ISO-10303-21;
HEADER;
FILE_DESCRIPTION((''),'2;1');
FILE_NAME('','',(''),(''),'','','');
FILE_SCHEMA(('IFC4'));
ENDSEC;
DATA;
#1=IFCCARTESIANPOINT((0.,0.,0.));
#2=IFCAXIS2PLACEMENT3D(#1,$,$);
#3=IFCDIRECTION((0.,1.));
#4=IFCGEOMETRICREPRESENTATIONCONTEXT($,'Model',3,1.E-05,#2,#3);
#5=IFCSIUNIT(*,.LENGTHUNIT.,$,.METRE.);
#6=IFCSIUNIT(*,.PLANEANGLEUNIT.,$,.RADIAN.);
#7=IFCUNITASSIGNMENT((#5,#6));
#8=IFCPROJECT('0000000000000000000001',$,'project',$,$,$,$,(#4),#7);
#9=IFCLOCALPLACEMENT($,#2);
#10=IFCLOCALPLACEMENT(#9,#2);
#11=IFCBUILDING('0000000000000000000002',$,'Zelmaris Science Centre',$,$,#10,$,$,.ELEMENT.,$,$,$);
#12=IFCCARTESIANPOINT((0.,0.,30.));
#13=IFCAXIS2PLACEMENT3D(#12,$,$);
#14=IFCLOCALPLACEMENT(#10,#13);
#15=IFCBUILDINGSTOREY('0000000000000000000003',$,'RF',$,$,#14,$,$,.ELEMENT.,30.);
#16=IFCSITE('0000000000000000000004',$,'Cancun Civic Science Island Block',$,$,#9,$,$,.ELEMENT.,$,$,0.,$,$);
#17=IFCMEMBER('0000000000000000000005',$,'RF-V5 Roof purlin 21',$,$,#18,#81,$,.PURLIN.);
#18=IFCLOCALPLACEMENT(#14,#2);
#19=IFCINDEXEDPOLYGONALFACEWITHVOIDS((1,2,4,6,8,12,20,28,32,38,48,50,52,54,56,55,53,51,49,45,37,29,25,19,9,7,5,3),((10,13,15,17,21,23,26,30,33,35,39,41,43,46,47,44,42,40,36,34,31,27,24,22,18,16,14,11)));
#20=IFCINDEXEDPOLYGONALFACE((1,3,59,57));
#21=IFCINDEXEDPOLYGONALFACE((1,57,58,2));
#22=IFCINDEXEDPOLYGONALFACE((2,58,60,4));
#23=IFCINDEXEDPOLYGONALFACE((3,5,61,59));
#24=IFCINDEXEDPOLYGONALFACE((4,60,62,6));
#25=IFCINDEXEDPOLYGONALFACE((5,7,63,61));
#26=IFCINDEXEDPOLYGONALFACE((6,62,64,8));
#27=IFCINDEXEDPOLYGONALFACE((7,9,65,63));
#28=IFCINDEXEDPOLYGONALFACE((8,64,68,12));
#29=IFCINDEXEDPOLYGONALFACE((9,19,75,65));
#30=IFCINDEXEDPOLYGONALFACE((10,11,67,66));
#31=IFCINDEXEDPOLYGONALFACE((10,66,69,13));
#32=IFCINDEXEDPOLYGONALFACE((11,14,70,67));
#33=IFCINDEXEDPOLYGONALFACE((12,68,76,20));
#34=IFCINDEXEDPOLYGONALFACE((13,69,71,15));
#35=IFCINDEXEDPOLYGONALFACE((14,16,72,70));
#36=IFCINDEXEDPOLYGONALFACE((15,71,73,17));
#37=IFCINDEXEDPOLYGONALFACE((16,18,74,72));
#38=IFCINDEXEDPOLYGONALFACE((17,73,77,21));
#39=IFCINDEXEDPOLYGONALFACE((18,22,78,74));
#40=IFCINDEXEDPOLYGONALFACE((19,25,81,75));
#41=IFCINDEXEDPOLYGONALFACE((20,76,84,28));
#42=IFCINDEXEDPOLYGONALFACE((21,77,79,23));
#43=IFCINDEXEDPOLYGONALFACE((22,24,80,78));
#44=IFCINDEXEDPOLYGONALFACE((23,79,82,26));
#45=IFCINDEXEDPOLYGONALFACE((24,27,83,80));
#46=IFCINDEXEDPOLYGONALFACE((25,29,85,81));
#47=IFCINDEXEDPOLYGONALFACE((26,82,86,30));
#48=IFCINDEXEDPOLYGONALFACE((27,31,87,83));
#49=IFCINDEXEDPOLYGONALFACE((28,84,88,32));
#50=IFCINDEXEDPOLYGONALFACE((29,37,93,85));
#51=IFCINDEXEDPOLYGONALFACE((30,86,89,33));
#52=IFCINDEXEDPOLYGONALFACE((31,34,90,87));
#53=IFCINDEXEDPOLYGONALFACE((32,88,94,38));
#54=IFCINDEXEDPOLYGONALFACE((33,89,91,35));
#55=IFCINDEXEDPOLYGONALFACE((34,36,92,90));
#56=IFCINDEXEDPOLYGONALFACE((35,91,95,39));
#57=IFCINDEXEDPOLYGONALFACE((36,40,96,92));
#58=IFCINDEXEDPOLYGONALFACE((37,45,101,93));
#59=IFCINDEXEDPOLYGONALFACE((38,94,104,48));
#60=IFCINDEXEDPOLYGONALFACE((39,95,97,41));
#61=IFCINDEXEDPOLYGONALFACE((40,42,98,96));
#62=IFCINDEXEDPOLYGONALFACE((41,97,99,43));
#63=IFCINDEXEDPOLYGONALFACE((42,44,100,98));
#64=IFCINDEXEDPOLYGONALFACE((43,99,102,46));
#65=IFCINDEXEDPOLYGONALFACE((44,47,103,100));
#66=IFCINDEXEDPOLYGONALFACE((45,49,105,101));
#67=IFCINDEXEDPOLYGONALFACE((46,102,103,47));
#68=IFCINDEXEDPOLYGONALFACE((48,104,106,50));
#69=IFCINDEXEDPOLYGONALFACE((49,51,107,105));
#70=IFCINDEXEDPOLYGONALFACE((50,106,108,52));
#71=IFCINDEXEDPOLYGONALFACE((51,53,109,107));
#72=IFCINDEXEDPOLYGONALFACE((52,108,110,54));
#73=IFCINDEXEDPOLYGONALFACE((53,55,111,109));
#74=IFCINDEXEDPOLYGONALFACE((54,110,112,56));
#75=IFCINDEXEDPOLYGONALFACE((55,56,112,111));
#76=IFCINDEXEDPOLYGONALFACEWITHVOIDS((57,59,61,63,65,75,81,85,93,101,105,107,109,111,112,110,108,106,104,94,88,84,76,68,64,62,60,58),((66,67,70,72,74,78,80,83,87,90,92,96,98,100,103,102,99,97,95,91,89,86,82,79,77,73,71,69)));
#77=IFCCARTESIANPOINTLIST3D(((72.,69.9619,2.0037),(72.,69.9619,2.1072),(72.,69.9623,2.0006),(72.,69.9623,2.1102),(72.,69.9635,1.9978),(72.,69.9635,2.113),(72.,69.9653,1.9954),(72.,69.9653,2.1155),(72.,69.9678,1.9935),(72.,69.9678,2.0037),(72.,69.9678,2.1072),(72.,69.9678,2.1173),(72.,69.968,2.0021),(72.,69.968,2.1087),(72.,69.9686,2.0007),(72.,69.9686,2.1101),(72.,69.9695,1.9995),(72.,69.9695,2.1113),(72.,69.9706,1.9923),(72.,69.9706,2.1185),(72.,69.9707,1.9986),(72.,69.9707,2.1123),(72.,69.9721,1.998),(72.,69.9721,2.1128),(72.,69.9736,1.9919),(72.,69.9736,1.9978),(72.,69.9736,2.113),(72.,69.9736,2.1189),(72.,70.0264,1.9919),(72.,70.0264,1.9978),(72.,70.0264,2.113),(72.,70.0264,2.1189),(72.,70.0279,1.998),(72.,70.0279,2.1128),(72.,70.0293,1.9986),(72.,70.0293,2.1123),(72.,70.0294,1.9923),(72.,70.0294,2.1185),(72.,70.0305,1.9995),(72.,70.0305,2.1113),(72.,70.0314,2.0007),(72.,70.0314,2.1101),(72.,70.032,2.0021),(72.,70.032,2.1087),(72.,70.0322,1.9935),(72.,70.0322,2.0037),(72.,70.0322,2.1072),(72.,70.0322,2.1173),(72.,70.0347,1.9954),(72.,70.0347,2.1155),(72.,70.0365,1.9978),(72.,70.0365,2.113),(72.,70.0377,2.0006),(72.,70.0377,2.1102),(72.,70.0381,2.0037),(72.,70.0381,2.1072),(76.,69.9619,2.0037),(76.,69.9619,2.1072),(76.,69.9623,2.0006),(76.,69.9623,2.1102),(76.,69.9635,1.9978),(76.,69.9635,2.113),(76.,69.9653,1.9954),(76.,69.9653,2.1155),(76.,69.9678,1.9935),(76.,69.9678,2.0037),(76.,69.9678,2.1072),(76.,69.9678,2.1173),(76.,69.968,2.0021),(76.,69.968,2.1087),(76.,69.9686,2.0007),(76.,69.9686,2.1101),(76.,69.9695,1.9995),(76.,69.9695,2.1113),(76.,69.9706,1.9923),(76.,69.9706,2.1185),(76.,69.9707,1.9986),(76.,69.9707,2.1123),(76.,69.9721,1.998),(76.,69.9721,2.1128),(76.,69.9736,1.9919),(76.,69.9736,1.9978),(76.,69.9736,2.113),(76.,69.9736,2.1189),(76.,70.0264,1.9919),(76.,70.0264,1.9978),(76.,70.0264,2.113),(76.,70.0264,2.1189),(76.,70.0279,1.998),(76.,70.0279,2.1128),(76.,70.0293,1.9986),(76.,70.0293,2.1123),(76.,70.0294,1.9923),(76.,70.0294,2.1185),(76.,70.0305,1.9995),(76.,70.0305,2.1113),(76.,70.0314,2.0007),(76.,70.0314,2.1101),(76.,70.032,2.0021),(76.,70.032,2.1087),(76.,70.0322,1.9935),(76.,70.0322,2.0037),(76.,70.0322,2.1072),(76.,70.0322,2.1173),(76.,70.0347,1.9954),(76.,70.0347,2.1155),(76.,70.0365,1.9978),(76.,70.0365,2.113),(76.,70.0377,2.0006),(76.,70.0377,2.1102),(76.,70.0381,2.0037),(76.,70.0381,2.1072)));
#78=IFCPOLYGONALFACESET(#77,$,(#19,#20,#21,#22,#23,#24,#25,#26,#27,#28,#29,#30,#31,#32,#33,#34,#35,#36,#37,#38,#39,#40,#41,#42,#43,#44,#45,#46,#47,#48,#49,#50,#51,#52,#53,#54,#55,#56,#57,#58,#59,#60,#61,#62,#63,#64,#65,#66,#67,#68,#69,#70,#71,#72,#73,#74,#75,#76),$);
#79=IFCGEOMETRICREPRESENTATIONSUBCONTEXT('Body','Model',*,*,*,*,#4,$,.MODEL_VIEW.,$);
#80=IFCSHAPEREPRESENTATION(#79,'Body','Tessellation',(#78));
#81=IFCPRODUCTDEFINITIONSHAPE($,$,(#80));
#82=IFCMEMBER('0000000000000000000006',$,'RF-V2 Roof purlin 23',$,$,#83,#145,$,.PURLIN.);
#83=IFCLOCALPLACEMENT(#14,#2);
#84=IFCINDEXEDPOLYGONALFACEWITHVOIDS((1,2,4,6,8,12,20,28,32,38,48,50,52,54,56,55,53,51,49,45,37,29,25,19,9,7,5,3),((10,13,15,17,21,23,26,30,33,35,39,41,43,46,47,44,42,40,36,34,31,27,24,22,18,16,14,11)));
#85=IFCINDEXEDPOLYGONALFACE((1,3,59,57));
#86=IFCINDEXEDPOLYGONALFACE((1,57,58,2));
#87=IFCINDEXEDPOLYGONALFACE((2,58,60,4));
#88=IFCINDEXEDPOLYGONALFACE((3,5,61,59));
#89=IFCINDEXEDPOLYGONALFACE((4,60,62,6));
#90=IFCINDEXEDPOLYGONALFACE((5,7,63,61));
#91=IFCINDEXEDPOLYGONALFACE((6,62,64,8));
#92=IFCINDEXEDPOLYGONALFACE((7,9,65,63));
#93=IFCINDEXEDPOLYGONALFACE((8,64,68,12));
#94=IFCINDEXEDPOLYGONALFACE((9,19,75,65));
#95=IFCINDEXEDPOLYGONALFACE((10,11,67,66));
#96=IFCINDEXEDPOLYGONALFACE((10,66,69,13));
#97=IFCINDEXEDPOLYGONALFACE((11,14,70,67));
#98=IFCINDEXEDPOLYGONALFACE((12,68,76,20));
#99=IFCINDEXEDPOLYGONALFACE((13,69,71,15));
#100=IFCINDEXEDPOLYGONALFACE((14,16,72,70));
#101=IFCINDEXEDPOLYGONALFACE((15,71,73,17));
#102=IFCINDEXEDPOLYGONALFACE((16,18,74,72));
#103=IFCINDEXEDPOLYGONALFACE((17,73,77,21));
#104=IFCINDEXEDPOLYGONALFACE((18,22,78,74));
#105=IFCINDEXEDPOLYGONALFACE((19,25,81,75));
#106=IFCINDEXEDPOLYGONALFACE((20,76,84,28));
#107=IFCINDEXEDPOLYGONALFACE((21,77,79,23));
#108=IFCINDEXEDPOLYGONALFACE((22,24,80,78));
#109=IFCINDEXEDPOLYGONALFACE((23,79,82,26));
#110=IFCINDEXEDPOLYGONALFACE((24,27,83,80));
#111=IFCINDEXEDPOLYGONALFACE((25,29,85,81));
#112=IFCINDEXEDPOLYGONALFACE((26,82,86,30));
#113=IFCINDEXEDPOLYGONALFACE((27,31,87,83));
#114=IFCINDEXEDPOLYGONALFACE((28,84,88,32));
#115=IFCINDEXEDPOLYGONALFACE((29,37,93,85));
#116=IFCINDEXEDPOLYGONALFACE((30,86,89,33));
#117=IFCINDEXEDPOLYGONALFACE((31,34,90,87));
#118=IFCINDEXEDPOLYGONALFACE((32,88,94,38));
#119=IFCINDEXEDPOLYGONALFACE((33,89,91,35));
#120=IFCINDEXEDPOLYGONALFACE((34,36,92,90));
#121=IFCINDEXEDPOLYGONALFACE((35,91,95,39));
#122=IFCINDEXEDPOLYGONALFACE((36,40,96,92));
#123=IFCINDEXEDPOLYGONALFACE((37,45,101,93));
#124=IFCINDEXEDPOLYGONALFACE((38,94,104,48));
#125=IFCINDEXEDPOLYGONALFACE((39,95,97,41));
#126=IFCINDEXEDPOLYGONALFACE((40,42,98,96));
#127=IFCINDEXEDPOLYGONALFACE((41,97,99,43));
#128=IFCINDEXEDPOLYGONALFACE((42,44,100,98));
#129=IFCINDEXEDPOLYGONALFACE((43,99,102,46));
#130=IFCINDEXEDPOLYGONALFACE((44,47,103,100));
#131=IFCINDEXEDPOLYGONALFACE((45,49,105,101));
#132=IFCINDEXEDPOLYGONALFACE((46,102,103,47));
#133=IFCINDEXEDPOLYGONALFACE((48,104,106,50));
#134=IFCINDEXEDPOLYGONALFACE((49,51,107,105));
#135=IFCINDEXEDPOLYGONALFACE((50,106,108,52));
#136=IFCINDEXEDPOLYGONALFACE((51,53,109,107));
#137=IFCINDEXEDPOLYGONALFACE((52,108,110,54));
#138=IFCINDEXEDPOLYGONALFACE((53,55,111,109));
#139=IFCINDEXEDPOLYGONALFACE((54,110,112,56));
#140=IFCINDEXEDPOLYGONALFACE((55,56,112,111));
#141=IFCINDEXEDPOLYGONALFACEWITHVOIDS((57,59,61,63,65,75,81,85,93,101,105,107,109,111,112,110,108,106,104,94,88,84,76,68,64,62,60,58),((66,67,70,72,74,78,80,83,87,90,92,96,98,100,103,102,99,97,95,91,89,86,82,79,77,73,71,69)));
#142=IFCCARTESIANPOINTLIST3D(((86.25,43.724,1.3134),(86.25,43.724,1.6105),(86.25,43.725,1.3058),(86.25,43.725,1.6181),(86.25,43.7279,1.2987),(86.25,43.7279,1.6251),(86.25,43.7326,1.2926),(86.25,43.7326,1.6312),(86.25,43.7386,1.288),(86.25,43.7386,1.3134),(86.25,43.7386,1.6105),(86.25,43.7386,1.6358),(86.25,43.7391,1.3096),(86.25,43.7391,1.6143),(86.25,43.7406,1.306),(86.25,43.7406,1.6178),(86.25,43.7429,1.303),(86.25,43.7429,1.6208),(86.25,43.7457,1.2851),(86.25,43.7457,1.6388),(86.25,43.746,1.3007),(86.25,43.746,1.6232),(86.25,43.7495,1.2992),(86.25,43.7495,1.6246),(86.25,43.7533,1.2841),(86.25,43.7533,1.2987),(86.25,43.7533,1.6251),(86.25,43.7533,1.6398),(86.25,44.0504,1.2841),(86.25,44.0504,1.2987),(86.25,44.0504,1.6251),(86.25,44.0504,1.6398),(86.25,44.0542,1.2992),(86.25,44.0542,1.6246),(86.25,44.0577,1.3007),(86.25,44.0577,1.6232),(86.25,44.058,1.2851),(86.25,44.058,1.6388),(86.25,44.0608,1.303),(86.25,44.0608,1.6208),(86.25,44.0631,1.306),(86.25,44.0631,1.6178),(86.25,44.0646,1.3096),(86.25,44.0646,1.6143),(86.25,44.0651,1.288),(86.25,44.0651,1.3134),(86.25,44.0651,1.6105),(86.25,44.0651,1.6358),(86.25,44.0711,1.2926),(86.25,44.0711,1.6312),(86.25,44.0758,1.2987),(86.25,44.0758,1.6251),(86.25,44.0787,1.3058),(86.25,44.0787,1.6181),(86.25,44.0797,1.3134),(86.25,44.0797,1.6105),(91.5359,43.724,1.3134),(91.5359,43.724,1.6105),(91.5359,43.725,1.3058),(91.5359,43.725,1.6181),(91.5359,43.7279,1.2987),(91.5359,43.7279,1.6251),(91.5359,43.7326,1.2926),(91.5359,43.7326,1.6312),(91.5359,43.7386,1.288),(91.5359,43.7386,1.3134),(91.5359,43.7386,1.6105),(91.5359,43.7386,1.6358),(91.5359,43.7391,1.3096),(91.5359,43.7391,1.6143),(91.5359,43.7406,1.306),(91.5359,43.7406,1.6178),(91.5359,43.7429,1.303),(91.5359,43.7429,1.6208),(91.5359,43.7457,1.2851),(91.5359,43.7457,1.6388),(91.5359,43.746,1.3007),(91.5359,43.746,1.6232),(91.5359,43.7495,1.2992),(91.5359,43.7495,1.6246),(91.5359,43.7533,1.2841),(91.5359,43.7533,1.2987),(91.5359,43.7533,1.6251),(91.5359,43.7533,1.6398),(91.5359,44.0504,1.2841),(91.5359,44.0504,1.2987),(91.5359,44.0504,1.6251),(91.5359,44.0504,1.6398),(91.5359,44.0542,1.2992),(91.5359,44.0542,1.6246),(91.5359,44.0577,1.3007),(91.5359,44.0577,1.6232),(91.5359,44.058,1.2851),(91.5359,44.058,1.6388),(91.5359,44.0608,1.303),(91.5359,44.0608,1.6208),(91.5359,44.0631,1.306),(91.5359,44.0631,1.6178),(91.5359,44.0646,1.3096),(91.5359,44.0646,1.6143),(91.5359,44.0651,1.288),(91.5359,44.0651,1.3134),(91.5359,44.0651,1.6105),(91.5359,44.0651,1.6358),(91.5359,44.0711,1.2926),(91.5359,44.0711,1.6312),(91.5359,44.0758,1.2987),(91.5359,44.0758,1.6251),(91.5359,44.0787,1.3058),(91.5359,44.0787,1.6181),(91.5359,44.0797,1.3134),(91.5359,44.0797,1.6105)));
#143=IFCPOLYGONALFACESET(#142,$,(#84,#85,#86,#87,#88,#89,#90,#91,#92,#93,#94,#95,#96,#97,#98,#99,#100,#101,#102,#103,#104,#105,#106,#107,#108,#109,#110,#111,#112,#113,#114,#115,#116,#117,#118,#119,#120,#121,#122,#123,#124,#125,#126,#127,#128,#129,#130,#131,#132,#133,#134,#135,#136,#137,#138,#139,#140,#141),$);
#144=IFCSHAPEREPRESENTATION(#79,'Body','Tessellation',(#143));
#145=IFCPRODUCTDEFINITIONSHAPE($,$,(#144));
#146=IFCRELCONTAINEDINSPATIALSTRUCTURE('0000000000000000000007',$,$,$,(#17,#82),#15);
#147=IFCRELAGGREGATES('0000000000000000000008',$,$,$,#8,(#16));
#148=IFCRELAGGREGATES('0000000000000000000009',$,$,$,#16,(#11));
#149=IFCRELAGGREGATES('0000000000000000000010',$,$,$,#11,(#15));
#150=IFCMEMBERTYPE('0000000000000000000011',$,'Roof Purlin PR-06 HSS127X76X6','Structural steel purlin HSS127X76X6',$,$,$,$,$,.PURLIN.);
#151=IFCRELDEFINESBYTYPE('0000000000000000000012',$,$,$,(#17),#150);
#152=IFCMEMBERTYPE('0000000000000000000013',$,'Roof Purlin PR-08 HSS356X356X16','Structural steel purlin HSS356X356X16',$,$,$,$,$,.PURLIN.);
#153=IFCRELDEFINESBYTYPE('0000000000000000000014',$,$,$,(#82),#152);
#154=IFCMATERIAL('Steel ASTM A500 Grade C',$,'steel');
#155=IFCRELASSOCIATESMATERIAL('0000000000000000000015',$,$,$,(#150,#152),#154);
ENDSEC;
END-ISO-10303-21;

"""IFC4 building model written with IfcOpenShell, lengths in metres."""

from ifc_helpers import new_model, si_unit, direction, frame, origin, origin_2d, place, context, subcontext, project, spatial, hollow_rectangle, extrude, material, material_profile, profile_set, type_object, element, save


model = new_model("IFC4")

# Units and contexts
model_context = context("Model", 3, precision=1e-05, world=origin(), true_north=direction((0.0, 1.0)))
body_context = subcontext(model_context, "Body", "Model", "MODEL_VIEW")
ifc_project = project(units=[si_unit("LENGTHUNIT", "METRE"), si_unit("PLANEANGLEUNIT", "RADIAN")], contexts=[model_context])

# Site, building, storey
site_placement = place(None, origin())
site = spatial("IfcSite", under=ifc_project, at=site_placement, Name="Cancun Civic Science Island Block", CompositionType="ELEMENT", RefElevation=0.0)
building_placement = place(site_placement, origin())
building = spatial("IfcBuilding", under=site, at=building_placement, Name="Zelmaris Science Centre", CompositionType="ELEMENT")
storey_placement = place(building_placement, frame((0.0, 0.0, 30.0)))
storey = spatial("IfcBuildingStorey", under=building, at=storey_placement, Name="RF", CompositionType="ELEMENT", Elevation=30.0)

# Shared definitions
ifc_material = material(Name="Steel ASTM A500 Grade C", Category="steel")

# Members
ifc_material_profile_1 = material_profile(ifc_material, hollow_rectangle(XDim=0.0762, YDim=0.127, WallThickness=0.0059, InnerFilletRadius=0.0059, OuterFilletRadius=0.0117, at=origin_2d()), Name="HSS127X76X6")
ifc_profile_set_1 = profile_set([ifc_material_profile_1], Name="Steel ASTM A500 Grade C")
member_type_1 = type_object("IfcMemberType", Name="Roof Purlin PR-06 HSS127X76X6", Description="Structural steel purlin HSS127X76X6", PredefinedType="PURLIN", material=ifc_profile_set_1)
member_1_placement = place(storey_placement, frame((72.0, 70.0, 2.0554), z_axis=(1.0, 0.0, 0.0), x_axis=(0.0, 1.0, 0.0)))
element("IfcMember", 1, at=member_1_placement, inside=storey, type_object=member_type_1, Name="RF-V5 Roof purlin 21", PredefinedType="PURLIN", context=body_context, shape_type="SweptSolid", body=[
    extrude(hollow_rectangle(XDim=0.0762, YDim=0.127, WallThickness=0.0059, InnerFilletRadius=0.0059, OuterFilletRadius=0.0117, at=origin_2d()), origin(), (0.0, 0.0, 1.0), 4.0),
])
ifc_material_profile_2 = material_profile(ifc_material, hollow_rectangle(XDim=0.3557, YDim=0.3557, WallThickness=0.0146, InnerFilletRadius=0.0146, OuterFilletRadius=0.0293, at=origin_2d()), Name="HSS356X356X16")
ifc_profile_set_2 = profile_set([ifc_material_profile_2], Name="Steel ASTM A500 Grade C")
member_type_2 = type_object("IfcMemberType", Name="Roof Purlin PR-08 HSS356X356X16", Description="Structural steel purlin HSS356X356X16", PredefinedType="PURLIN", material=ifc_profile_set_2)
member_2_placement = place(storey_placement, frame((86.25, 43.9019, 1.4619), z_axis=(1.0, 0.0, 0.0), x_axis=(0.0, 1.0, 0.0)))
element("IfcMember", 2, at=member_2_placement, inside=storey, type_object=member_type_2, Name="RF-V2 Roof purlin 23", PredefinedType="PURLIN", context=body_context, shape_type="SweptSolid", body=[
    extrude(hollow_rectangle(XDim=0.3557, YDim=0.3557, WallThickness=0.0146, InnerFilletRadius=0.0146, OuterFilletRadius=0.0293, at=origin_2d()), origin(), (0.0, 0.0, 1.0), 5.2859),
])

save(model, "model.ifc")
